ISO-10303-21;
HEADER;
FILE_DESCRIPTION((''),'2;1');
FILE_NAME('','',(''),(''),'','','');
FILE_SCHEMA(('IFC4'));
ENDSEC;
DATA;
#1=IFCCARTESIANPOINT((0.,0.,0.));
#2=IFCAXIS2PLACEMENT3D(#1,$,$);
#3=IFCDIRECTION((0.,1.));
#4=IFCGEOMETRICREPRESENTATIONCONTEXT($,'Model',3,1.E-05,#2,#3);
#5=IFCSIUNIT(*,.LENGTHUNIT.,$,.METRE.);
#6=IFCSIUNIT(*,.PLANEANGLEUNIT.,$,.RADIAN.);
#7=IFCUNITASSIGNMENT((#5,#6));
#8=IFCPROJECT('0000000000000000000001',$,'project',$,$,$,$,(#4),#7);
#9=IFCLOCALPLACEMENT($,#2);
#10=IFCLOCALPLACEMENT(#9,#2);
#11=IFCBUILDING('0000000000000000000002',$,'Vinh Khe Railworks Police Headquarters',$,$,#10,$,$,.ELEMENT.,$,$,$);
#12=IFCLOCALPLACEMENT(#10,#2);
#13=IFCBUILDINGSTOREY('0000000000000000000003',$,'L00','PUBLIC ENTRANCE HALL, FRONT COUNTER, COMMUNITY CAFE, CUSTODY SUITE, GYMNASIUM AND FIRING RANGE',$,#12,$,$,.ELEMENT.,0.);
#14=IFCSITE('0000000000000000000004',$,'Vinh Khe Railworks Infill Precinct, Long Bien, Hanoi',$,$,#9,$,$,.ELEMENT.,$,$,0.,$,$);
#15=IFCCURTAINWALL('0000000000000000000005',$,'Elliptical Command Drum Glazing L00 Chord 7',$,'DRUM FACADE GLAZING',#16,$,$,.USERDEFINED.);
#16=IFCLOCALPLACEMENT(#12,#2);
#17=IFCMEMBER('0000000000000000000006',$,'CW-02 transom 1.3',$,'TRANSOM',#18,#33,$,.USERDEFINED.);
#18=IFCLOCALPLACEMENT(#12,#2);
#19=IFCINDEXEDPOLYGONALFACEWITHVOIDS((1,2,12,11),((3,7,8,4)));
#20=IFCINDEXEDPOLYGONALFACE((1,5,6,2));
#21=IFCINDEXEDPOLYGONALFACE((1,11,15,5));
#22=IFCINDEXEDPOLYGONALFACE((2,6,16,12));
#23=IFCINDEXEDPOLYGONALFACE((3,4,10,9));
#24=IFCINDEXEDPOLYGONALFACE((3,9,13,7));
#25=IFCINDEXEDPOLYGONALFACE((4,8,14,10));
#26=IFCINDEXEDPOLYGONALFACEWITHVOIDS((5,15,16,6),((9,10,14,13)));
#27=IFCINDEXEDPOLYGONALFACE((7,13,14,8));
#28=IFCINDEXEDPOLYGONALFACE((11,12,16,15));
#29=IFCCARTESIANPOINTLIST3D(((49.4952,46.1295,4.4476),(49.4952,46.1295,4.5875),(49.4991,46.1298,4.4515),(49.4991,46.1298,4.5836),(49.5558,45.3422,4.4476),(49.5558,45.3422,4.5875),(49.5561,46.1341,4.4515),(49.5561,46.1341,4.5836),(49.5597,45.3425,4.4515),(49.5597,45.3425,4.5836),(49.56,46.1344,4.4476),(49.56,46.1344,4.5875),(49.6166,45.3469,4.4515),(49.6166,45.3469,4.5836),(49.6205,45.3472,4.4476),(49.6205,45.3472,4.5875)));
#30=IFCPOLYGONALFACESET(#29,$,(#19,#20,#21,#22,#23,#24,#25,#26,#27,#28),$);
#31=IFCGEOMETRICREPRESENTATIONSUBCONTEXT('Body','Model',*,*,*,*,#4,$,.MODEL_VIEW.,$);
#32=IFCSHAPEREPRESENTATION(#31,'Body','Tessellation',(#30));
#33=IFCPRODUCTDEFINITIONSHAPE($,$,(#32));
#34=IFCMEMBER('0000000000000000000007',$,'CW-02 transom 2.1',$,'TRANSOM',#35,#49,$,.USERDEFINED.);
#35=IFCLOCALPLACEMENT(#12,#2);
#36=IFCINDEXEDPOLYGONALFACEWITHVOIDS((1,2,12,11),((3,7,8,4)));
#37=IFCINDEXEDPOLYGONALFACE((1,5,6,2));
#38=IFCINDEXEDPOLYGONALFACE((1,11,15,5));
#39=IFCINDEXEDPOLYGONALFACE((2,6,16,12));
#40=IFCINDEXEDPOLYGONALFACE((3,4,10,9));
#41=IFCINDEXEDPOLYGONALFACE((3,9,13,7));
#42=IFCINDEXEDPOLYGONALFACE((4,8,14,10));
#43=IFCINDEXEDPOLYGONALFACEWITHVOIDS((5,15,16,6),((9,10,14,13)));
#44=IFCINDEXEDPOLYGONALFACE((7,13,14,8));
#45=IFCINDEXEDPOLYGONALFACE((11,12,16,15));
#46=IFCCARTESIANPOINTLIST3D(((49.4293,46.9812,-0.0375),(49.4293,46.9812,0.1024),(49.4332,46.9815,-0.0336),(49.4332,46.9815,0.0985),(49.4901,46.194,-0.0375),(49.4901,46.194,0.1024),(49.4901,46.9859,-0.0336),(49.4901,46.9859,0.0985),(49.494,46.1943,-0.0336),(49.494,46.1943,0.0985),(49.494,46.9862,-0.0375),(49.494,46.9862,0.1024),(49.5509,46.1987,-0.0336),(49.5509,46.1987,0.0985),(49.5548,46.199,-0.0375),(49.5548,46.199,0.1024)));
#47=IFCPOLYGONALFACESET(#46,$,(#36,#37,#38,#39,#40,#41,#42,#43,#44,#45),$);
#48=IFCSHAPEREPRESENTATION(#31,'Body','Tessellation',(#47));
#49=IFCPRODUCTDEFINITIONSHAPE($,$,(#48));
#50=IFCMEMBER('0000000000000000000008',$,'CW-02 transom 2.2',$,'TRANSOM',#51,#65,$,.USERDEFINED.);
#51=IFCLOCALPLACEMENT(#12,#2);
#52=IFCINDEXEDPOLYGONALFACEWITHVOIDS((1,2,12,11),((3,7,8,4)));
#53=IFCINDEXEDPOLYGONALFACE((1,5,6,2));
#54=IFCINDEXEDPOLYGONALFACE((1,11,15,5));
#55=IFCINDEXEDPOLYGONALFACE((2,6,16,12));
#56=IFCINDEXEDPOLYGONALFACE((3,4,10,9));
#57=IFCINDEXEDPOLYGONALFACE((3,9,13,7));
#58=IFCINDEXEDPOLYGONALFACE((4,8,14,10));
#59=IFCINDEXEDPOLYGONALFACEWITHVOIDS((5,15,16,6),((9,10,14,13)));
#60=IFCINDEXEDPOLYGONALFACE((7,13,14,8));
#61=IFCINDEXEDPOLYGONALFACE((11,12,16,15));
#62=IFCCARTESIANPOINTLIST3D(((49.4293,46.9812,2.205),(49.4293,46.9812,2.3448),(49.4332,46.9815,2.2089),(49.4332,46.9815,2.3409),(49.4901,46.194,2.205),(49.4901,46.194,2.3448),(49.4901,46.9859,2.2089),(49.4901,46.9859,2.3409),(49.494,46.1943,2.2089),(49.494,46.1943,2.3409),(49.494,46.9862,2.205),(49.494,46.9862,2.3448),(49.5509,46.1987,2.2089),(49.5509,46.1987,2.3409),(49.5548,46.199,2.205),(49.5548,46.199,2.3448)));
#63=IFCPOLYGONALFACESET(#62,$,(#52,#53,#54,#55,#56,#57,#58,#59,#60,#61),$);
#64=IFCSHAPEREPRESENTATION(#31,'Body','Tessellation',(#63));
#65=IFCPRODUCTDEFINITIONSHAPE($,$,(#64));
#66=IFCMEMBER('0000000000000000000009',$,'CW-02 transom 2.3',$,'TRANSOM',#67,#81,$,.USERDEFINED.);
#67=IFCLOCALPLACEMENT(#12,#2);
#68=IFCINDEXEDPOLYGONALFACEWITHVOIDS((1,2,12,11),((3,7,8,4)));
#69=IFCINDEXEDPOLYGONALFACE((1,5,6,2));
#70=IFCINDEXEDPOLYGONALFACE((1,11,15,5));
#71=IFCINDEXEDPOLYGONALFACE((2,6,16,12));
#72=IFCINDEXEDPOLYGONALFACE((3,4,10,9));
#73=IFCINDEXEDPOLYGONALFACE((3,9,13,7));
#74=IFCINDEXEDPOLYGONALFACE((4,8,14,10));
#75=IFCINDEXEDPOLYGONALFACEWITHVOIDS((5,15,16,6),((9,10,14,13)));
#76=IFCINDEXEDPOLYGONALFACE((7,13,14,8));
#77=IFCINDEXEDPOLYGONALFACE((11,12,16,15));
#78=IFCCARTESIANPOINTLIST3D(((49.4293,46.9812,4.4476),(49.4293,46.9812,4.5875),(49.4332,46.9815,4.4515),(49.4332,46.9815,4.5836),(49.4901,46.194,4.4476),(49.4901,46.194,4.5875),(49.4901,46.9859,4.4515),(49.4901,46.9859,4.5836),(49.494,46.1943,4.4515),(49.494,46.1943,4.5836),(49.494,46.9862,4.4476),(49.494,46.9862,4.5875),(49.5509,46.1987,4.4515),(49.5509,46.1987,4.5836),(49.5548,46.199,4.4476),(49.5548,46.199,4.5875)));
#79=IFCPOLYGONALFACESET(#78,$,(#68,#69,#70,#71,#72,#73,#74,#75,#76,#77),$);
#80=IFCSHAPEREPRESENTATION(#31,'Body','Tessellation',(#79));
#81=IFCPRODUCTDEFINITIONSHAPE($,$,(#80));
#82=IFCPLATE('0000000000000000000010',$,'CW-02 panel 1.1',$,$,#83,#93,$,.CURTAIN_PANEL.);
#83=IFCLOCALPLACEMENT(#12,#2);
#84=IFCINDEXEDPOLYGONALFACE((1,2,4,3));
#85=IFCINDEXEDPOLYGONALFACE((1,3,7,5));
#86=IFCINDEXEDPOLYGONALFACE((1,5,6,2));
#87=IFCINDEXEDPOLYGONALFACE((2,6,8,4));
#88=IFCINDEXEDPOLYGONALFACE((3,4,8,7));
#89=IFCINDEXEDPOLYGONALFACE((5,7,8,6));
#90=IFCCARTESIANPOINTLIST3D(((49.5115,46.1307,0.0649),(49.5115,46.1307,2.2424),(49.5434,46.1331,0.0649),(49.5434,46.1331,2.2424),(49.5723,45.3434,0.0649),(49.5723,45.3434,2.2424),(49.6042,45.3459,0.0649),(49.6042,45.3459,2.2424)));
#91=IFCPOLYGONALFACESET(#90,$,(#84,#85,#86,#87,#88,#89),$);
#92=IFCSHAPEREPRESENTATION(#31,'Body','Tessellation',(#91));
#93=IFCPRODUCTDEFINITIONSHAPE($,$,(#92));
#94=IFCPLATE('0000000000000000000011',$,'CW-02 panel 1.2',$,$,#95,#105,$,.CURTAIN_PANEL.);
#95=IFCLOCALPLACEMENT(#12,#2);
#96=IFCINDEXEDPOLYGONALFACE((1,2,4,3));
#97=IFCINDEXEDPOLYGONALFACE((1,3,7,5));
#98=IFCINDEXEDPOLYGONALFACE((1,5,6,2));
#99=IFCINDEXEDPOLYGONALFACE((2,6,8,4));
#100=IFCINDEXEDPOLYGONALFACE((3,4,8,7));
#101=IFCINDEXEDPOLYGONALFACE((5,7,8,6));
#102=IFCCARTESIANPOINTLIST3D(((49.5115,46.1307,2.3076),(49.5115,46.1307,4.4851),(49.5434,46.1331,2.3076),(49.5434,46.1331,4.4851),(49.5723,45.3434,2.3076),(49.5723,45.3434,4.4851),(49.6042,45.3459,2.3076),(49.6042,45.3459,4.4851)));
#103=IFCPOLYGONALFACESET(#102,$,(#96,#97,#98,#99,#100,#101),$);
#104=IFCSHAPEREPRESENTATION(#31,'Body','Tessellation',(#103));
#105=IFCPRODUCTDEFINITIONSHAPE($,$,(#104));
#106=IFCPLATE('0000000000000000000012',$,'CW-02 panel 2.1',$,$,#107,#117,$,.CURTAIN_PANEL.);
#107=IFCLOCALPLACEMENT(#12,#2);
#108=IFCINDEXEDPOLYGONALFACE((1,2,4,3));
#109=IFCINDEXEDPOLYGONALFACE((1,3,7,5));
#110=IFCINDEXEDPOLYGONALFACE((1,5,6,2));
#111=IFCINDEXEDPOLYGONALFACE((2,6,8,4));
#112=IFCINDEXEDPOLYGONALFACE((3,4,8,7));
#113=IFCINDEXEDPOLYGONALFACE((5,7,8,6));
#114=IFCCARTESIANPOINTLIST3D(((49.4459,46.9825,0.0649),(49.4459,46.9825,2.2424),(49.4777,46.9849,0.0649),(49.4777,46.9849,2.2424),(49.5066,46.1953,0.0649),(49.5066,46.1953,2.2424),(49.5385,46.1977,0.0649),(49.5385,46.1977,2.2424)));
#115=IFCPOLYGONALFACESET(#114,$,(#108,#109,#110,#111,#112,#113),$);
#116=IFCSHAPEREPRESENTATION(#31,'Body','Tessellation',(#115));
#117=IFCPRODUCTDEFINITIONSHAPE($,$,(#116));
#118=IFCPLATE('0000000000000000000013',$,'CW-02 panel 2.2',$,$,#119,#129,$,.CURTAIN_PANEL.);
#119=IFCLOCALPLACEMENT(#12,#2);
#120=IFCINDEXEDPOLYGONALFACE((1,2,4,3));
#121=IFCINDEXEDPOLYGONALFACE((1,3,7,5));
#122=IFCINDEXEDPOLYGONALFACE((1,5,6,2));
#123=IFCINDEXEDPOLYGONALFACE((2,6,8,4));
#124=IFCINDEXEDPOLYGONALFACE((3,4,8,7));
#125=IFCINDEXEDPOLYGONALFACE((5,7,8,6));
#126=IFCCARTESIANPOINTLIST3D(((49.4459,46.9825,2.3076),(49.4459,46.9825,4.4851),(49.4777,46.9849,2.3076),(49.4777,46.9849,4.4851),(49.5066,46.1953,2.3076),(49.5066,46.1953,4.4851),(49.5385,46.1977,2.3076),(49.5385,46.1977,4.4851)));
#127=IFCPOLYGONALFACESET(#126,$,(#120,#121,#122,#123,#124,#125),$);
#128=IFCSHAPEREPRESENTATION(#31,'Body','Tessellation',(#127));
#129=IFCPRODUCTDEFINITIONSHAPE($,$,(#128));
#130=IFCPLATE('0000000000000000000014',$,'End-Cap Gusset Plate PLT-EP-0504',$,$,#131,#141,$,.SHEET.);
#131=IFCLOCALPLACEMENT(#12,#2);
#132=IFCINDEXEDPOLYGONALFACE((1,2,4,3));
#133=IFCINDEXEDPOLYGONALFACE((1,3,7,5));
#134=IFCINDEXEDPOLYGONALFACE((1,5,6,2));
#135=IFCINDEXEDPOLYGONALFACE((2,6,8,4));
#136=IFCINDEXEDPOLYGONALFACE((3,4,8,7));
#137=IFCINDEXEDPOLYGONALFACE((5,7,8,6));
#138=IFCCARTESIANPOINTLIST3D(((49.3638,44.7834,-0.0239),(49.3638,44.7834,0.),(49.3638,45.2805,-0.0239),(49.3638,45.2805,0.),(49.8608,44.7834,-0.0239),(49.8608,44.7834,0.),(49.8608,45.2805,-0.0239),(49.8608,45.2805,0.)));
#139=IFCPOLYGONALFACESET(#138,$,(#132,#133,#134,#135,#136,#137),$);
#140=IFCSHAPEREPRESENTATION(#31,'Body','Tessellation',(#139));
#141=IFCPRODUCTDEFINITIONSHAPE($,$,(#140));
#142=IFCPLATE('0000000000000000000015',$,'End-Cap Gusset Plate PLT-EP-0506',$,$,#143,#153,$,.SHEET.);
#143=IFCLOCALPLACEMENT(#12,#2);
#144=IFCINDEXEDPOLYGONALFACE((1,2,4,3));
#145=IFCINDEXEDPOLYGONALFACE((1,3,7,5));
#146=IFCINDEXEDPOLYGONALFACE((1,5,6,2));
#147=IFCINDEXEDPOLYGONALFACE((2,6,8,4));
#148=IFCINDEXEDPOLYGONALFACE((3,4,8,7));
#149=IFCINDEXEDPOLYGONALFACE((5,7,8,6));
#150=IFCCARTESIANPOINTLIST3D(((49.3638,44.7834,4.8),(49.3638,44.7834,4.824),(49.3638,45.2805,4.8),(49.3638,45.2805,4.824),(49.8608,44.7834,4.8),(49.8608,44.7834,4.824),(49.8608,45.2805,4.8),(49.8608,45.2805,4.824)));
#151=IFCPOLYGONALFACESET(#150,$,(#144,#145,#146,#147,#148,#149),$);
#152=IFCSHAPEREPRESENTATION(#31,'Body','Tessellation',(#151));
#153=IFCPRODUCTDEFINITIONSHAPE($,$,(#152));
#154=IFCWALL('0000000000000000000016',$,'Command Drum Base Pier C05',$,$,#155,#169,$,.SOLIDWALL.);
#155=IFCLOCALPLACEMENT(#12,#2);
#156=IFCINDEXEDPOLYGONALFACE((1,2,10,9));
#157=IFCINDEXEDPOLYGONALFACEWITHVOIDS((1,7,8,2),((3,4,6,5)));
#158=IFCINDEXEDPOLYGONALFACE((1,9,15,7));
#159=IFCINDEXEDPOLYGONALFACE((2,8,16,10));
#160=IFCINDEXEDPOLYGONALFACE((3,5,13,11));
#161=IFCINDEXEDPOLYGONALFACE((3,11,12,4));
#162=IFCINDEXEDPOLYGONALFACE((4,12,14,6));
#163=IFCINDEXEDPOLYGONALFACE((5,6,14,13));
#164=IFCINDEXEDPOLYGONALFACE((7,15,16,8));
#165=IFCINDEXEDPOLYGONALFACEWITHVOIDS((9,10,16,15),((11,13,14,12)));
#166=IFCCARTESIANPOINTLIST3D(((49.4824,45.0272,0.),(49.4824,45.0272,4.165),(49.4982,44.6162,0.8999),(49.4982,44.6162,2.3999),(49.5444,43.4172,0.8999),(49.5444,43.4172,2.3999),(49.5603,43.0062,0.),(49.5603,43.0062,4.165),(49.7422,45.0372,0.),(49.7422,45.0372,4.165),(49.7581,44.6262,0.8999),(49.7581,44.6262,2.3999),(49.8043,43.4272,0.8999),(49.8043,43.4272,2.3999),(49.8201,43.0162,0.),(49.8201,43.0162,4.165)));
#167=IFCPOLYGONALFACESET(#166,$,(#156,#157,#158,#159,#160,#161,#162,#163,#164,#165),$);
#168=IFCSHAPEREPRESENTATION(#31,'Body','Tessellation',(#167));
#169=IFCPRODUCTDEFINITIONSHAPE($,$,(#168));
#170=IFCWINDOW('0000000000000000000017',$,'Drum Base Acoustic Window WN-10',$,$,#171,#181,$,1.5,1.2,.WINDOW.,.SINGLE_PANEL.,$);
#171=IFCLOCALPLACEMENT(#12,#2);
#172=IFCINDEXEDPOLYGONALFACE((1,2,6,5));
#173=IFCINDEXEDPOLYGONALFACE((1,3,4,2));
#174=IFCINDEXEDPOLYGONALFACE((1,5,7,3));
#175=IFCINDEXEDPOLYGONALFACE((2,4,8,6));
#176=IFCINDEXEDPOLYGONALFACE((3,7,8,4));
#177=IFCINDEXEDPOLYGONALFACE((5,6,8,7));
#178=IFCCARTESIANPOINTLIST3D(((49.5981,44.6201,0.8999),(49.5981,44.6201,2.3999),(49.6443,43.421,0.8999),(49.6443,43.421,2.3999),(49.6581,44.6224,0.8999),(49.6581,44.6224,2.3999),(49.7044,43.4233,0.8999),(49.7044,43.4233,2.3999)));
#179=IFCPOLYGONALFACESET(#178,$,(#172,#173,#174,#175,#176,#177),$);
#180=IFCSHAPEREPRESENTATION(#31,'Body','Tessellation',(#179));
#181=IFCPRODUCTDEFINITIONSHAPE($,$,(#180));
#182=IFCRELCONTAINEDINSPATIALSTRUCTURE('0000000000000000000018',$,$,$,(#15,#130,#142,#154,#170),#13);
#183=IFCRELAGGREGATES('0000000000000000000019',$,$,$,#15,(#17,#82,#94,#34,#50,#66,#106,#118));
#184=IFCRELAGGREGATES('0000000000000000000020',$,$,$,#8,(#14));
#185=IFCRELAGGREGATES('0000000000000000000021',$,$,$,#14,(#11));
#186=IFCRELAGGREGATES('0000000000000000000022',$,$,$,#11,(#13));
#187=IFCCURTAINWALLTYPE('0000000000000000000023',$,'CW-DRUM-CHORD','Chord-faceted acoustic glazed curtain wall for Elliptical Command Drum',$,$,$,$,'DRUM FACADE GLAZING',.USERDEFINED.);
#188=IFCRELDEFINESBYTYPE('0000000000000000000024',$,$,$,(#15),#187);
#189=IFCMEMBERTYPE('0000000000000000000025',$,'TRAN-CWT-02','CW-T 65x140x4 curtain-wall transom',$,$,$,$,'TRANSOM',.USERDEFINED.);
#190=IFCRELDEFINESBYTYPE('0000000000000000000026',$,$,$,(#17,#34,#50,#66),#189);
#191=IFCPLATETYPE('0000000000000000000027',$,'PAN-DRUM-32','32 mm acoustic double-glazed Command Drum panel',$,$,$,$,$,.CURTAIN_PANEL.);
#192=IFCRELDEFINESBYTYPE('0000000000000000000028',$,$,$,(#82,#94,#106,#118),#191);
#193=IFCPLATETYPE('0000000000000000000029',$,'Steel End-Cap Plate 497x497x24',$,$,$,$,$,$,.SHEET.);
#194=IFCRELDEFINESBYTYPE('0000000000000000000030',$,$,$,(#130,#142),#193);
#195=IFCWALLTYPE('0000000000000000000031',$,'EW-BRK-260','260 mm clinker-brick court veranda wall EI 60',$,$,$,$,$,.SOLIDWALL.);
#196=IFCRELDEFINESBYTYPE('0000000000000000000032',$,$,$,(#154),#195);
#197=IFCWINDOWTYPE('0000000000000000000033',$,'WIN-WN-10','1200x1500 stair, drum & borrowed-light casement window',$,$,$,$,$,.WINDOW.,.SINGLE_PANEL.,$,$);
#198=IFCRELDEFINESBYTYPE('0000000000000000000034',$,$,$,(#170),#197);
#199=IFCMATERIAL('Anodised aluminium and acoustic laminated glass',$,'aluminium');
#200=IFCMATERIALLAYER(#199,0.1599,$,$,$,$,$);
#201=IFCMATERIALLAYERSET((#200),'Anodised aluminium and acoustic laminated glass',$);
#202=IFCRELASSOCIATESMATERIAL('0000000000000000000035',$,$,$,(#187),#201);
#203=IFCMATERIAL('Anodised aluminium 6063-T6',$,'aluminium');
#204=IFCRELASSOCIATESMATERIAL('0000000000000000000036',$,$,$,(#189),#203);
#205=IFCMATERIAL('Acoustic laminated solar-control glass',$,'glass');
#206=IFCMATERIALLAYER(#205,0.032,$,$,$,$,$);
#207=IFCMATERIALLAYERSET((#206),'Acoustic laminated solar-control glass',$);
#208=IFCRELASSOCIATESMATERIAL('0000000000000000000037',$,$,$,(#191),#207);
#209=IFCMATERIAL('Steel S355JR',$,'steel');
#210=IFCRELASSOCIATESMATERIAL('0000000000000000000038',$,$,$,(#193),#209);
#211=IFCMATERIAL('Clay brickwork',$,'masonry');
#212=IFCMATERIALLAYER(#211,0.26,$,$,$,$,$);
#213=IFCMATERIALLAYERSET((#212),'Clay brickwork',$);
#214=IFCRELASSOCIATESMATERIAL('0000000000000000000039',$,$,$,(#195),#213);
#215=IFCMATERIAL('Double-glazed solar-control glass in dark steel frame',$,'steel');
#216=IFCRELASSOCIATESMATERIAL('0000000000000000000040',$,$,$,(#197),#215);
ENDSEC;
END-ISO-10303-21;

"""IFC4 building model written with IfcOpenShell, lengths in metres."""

from ifc_helpers import new_model, si_unit, direction, frame, frame_2d, origin, origin_2d, place, context, subcontext, project, spatial, rectangle, hollow_rectangle, extrude, material, layer, layer_set, material_profile, profile_set, type_object, element, fill, aggregate, save


model = new_model("IFC4")

# Units and contexts
model_context = context("Model", 3, precision=1e-05, world=origin(), true_north=direction((0.0, 1.0)))
body_context = subcontext(model_context, "Body", "Model", "MODEL_VIEW")
ifc_project = project(units=[si_unit("LENGTHUNIT", "METRE"), si_unit("PLANEANGLEUNIT", "RADIAN")], contexts=[model_context])

# Site, building, storey
site_placement = place(None, origin())
site = spatial("IfcSite", under=ifc_project, at=site_placement, Name="Vinh Khe Railworks Infill Precinct, Long Bien, Hanoi", CompositionType="ELEMENT", RefElevation=0.0)
building_placement = place(site_placement, origin())
building = spatial("IfcBuilding", under=site, at=building_placement, Name="Vinh Khe Railworks Police Headquarters", CompositionType="ELEMENT")
storey_placement = place(building_placement, origin())
storey = spatial("IfcBuildingStorey", under=building, at=storey_placement, Name="L00", Description="PUBLIC ENTRANCE HALL, FRONT COUNTER, COMMUNITY CAFE, CUSTODY SUITE, GYMNASIUM AND FIRING RANGE", CompositionType="ELEMENT", Elevation=0.0)

# Shared definitions
ifc_material_1 = material(Name="Steel S355JR", Category="steel")

# Curtain wall
ifc_material_2 = material(Name="Anodised aluminium and acoustic laminated glass", Category="aluminium")
ifc_layer_1 = layer(ifc_material_2, 0.1599)
ifc_layer_set_1 = layer_set([ifc_layer_1], Name="Anodised aluminium and acoustic laminated glass")
curtain_wall_type = type_object("IfcCurtainWallType", Name="CW-DRUM-CHORD", Description="Chord-faceted acoustic glazed curtain wall for Elliptical Command Drum", ElementType="DRUM FACADE GLAZING", PredefinedType="USERDEFINED", material=ifc_layer_set_1)
curtain_wall_placement = place(storey_placement, origin())
curtain_wall = element("IfcCurtainWall", 1, at=curtain_wall_placement, inside=storey, type_object=curtain_wall_type, Name="Elliptical Command Drum Glazing L00 Chord 7", ObjectType="DRUM FACADE GLAZING", PredefinedType="USERDEFINED")
ifc_material_3 = material(Name="Anodised aluminium 6063-T6", Category="aluminium")

# Members
ifc_material_profile_1 = material_profile(ifc_material_3, hollow_rectangle(XDim=0.0649, YDim=0.1399, WallThickness=0.0039, at=origin_2d()), Name="CW-T 65x140x4")
ifc_profile_set_1 = profile_set([ifc_material_profile_1], Name="Anodised aluminium 6063-T6")
member_type_1 = type_object("IfcMemberType", Name="TRAN-CWT-02", Description="CW-T 65x140x4 curtain-wall transom", ElementType="TRANSOM", PredefinedType="USERDEFINED", material=ifc_profile_set_1)
member_1_placement = place(storey_placement, frame((49.5881, 45.3447, 4.5176), z_axis=(-0.076696, 0.997054, 0.0), x_axis=(-0.997054, -0.076696, 0.0)))
member_1 = element("IfcMember", 2, at=member_1_placement, type_object=member_type_1, Name="CW-02 transom 1.3", ObjectType="TRANSOM", PredefinedType="USERDEFINED", context=body_context, shape_type="SweptSolid", body=[
    extrude(hollow_rectangle(XDim=0.0649, YDim=0.1399, WallThickness=0.0039, at=origin_2d()), origin(), (0.0, 0.0, 1.0), 0.7896),
])
member_2_placement = place(storey_placement, frame((49.5225, 46.1965, 0.0325), z_axis=(-0.077004, 0.997031, 0.0), x_axis=(-0.997031, -0.077004, 0.0)))
member_2 = element("IfcMember", 3, at=member_2_placement, type_object=member_type_1, Name="CW-02 transom 2.1", ObjectType="TRANSOM", PredefinedType="USERDEFINED", context=body_context, shape_type="SweptSolid", body=[
    extrude(hollow_rectangle(XDim=0.0649, YDim=0.1399, WallThickness=0.0039, at=origin_2d()), origin(), (0.0, 0.0, 1.0), 0.7896),
])
member_3_placement = place(storey_placement, frame((49.5225, 46.1965, 2.2749), z_axis=(-0.077004, 0.997031, 0.0), x_axis=(-0.997031, -0.077004, 0.0)))
member_3 = element("IfcMember", 4, at=member_3_placement, type_object=member_type_1, Name="CW-02 transom 2.2", ObjectType="TRANSOM", PredefinedType="USERDEFINED", context=body_context, shape_type="SweptSolid", body=[
    extrude(hollow_rectangle(XDim=0.0649, YDim=0.1399, WallThickness=0.0039, at=origin_2d()), origin(), (0.0, 0.0, 1.0), 0.7896),
])
member_4_placement = place(storey_placement, frame((49.5225, 46.1965, 4.5176), z_axis=(-0.077004, 0.997031, 0.0), x_axis=(-0.997031, -0.077004, 0.0)))
member_4 = element("IfcMember", 5, at=member_4_placement, type_object=member_type_1, Name="CW-02 transom 2.3", ObjectType="TRANSOM", PredefinedType="USERDEFINED", context=body_context, shape_type="SweptSolid", body=[
    extrude(hollow_rectangle(XDim=0.0649, YDim=0.1399, WallThickness=0.0039, at=origin_2d()), origin(), (0.0, 0.0, 1.0), 0.7896),
])

# Plates
ifc_material_4 = material(Name="Acoustic laminated solar-control glass", Category="glass")
ifc_layer_2 = layer(ifc_material_4, 0.032)
ifc_layer_set_2 = layer_set([ifc_layer_2], Name="Acoustic laminated solar-control glass")
plate_type_1 = type_object("IfcPlateType", Name="PAN-DRUM-32", Description="32 mm acoustic double-glazed Command Drum panel", PredefinedType="CURTAIN_PANEL", material=ifc_layer_set_2)
plate_1_placement = place(storey_placement, frame((49.5579, 45.7383, 0.0649), z_axis=(0.0, 0.0, 1.0), x_axis=(-0.07697, 0.997033, 0.0)))
plate_1 = element("IfcPlate", 6, at=plate_1_placement, type_object=plate_type_1, Name="CW-02 panel 1.1", PredefinedType="CURTAIN_PANEL", context=body_context, shape_type="SweptSolid", body=[
    extrude(rectangle(XDim=0.7896, YDim=0.032, at=origin_2d()), origin(), (0.0, 0.0, 1.0), 2.1775),
])
plate_2_placement = place(storey_placement, frame((49.5579, 45.7383, 2.3076), z_axis=(0.0, 0.0, 1.0), x_axis=(-0.07697, 0.997033, 0.0)))
plate_2 = element("IfcPlate", 7, at=plate_2_placement, type_object=plate_type_1, Name="CW-02 panel 1.2", PredefinedType="CURTAIN_PANEL", context=body_context, shape_type="SweptSolid", body=[
    extrude(rectangle(XDim=0.7896, YDim=0.032, at=origin_2d()), origin(), (0.0, 0.0, 1.0), 2.1775),
])
plate_3_placement = place(storey_placement, frame((49.4922, 46.5901, 0.0649), z_axis=(0.0, 0.0, 1.0), x_axis=(-0.07697, 0.997033, 0.0)))
plate_3 = element("IfcPlate", 8, at=plate_3_placement, type_object=plate_type_1, Name="CW-02 panel 2.1", PredefinedType="CURTAIN_PANEL", context=body_context, shape_type="SweptSolid", body=[
    extrude(rectangle(XDim=0.7896, YDim=0.032, at=origin_2d()), origin(), (0.0, 0.0, 1.0), 2.1775),
])
plate_4_placement = place(storey_placement, frame((49.4922, 46.5901, 2.3076), z_axis=(0.0, 0.0, 1.0), x_axis=(-0.07697, 0.997033, 0.0)))
plate_4 = element("IfcPlate", 9, at=plate_4_placement, type_object=plate_type_1, Name="CW-02 panel 2.2", PredefinedType="CURTAIN_PANEL", context=body_context, shape_type="SweptSolid", body=[
    extrude(rectangle(XDim=0.7896, YDim=0.032, at=origin_2d()), origin(), (0.0, 0.0, 1.0), 2.1775),
])
aggregate(curtain_wall, [member_1, plate_1, plate_2, member_2, member_3, member_4, plate_3, plate_4])

# Plates
ifc_material_profile_2 = material_profile(ifc_material_1, rectangle(XDim=0.4971, YDim=0.4971, at=origin_2d()), Name="PL 497x497")
ifc_profile_set_2 = profile_set([ifc_material_profile_2], Name="Steel S355JR")
plate_type_2 = type_object("IfcPlateType", Name="Steel End-Cap Plate 497x497x24", PredefinedType="SHEET", material=ifc_profile_set_2)
for number, where, z_axis, x_axis, name in (
    (10, (49.6123, 45.032, 0.0), (0.0, 0.0, -1.0), (1.0, 0.0, 0.0), "End-Cap Gusset Plate PLT-EP-0504"),
    (11, (49.6123, 45.032, 4.8), (0.0, 0.0, 1.0), (1.0, 0.0, 0.0), "End-Cap Gusset Plate PLT-EP-0506"),
):
    element("IfcPlate", number, at=place(storey_placement, frame(where, z_axis=z_axis, x_axis=x_axis)), inside=storey, type_object=plate_type_2, Name=name, PredefinedType="SHEET", context=body_context, shape_type="SweptSolid", body=[
        extrude(rectangle(XDim=0.4971, YDim=0.4971, at=origin_2d()), origin(), (0.0, 0.0, 1.0), 0.0239),
    ])

# Wall, opening, window
ifc_material_5 = material(Name="Clay brickwork", Category="masonry")
ifc_layer_3 = layer(ifc_material_5, 0.26)
ifc_layer_set_3 = layer_set([ifc_layer_3], Name="Clay brickwork")
wall_type = type_object("IfcWallType", Name="EW-BRK-260", Description="260 mm clinker-brick court veranda wall EI 60", PredefinedType="SOLIDWALL", material=ifc_layer_set_3)
wall_placement = place(storey_placement, frame((49.6902, 43.0112, 0.0), z_axis=(0.0, 0.0, 1.0), x_axis=(-0.038507, 0.999258, 0.0)))
wall = element("IfcWall", 12, at=wall_placement, inside=storey, type_object=wall_type, Name="Command Drum Base Pier C05", PredefinedType="SOLIDWALL", context=body_context, shape_type="SweptSolid", body=[
    extrude(rectangle(XDim=2.0225, YDim=0.26, at=frame_2d((1.0112, 0.0))), origin(), (0.0, 0.0, 1.0), 4.165),
])
opening_placement = place(wall_placement, frame((0.4111, 0.0, 0.8999)))
opening = element("IfcOpeningElement", 13, at=opening_placement, cuts=wall, PredefinedType="OPENING", context=body_context, shape_type="SweptSolid", body=[
    extrude(rectangle(XDim=1.2, YDim=1.5, at=frame_2d((0.6001, 0.75))), frame((0.0, 0.145, 0.0), z_axis=(0.0, -1.0, 0.0), x_axis=(1.0, 0.0, 0.0)), (0.0, 0.0, 1.0), 0.2898),
])
ifc_material_6 = material(Name="Double-glazed solar-control glass in dark steel frame", Category="steel")
window_type = type_object("IfcWindowType", Name="WIN-WN-10", Description="1200x1500 stair, drum & borrowed-light casement window", PartitioningType="SINGLE_PANEL", PredefinedType="WINDOW", material=ifc_material_6)
window_placement = place(opening_placement, origin())
window = element("IfcWindow", 14, at=window_placement, inside=storey, type_object=window_type, Name="Drum Base Acoustic Window WN-10", OverallHeight=1.5, OverallWidth=1.2, PartitioningType="SINGLE_PANEL", PredefinedType="WINDOW", context=body_context, shape_type="SweptSolid", body=[
    extrude(rectangle(XDim=1.2, YDim=1.5, at=frame_2d((0.6001, 0.75))), frame((0.0, 0.03, 0.0), z_axis=(0.0, -1.0, 0.0), x_axis=(1.0, 0.0, 0.0)), (0.0, 0.0, 1.0), 0.0601),
])
fill(opening, window)

save(model, "model.ifc")
